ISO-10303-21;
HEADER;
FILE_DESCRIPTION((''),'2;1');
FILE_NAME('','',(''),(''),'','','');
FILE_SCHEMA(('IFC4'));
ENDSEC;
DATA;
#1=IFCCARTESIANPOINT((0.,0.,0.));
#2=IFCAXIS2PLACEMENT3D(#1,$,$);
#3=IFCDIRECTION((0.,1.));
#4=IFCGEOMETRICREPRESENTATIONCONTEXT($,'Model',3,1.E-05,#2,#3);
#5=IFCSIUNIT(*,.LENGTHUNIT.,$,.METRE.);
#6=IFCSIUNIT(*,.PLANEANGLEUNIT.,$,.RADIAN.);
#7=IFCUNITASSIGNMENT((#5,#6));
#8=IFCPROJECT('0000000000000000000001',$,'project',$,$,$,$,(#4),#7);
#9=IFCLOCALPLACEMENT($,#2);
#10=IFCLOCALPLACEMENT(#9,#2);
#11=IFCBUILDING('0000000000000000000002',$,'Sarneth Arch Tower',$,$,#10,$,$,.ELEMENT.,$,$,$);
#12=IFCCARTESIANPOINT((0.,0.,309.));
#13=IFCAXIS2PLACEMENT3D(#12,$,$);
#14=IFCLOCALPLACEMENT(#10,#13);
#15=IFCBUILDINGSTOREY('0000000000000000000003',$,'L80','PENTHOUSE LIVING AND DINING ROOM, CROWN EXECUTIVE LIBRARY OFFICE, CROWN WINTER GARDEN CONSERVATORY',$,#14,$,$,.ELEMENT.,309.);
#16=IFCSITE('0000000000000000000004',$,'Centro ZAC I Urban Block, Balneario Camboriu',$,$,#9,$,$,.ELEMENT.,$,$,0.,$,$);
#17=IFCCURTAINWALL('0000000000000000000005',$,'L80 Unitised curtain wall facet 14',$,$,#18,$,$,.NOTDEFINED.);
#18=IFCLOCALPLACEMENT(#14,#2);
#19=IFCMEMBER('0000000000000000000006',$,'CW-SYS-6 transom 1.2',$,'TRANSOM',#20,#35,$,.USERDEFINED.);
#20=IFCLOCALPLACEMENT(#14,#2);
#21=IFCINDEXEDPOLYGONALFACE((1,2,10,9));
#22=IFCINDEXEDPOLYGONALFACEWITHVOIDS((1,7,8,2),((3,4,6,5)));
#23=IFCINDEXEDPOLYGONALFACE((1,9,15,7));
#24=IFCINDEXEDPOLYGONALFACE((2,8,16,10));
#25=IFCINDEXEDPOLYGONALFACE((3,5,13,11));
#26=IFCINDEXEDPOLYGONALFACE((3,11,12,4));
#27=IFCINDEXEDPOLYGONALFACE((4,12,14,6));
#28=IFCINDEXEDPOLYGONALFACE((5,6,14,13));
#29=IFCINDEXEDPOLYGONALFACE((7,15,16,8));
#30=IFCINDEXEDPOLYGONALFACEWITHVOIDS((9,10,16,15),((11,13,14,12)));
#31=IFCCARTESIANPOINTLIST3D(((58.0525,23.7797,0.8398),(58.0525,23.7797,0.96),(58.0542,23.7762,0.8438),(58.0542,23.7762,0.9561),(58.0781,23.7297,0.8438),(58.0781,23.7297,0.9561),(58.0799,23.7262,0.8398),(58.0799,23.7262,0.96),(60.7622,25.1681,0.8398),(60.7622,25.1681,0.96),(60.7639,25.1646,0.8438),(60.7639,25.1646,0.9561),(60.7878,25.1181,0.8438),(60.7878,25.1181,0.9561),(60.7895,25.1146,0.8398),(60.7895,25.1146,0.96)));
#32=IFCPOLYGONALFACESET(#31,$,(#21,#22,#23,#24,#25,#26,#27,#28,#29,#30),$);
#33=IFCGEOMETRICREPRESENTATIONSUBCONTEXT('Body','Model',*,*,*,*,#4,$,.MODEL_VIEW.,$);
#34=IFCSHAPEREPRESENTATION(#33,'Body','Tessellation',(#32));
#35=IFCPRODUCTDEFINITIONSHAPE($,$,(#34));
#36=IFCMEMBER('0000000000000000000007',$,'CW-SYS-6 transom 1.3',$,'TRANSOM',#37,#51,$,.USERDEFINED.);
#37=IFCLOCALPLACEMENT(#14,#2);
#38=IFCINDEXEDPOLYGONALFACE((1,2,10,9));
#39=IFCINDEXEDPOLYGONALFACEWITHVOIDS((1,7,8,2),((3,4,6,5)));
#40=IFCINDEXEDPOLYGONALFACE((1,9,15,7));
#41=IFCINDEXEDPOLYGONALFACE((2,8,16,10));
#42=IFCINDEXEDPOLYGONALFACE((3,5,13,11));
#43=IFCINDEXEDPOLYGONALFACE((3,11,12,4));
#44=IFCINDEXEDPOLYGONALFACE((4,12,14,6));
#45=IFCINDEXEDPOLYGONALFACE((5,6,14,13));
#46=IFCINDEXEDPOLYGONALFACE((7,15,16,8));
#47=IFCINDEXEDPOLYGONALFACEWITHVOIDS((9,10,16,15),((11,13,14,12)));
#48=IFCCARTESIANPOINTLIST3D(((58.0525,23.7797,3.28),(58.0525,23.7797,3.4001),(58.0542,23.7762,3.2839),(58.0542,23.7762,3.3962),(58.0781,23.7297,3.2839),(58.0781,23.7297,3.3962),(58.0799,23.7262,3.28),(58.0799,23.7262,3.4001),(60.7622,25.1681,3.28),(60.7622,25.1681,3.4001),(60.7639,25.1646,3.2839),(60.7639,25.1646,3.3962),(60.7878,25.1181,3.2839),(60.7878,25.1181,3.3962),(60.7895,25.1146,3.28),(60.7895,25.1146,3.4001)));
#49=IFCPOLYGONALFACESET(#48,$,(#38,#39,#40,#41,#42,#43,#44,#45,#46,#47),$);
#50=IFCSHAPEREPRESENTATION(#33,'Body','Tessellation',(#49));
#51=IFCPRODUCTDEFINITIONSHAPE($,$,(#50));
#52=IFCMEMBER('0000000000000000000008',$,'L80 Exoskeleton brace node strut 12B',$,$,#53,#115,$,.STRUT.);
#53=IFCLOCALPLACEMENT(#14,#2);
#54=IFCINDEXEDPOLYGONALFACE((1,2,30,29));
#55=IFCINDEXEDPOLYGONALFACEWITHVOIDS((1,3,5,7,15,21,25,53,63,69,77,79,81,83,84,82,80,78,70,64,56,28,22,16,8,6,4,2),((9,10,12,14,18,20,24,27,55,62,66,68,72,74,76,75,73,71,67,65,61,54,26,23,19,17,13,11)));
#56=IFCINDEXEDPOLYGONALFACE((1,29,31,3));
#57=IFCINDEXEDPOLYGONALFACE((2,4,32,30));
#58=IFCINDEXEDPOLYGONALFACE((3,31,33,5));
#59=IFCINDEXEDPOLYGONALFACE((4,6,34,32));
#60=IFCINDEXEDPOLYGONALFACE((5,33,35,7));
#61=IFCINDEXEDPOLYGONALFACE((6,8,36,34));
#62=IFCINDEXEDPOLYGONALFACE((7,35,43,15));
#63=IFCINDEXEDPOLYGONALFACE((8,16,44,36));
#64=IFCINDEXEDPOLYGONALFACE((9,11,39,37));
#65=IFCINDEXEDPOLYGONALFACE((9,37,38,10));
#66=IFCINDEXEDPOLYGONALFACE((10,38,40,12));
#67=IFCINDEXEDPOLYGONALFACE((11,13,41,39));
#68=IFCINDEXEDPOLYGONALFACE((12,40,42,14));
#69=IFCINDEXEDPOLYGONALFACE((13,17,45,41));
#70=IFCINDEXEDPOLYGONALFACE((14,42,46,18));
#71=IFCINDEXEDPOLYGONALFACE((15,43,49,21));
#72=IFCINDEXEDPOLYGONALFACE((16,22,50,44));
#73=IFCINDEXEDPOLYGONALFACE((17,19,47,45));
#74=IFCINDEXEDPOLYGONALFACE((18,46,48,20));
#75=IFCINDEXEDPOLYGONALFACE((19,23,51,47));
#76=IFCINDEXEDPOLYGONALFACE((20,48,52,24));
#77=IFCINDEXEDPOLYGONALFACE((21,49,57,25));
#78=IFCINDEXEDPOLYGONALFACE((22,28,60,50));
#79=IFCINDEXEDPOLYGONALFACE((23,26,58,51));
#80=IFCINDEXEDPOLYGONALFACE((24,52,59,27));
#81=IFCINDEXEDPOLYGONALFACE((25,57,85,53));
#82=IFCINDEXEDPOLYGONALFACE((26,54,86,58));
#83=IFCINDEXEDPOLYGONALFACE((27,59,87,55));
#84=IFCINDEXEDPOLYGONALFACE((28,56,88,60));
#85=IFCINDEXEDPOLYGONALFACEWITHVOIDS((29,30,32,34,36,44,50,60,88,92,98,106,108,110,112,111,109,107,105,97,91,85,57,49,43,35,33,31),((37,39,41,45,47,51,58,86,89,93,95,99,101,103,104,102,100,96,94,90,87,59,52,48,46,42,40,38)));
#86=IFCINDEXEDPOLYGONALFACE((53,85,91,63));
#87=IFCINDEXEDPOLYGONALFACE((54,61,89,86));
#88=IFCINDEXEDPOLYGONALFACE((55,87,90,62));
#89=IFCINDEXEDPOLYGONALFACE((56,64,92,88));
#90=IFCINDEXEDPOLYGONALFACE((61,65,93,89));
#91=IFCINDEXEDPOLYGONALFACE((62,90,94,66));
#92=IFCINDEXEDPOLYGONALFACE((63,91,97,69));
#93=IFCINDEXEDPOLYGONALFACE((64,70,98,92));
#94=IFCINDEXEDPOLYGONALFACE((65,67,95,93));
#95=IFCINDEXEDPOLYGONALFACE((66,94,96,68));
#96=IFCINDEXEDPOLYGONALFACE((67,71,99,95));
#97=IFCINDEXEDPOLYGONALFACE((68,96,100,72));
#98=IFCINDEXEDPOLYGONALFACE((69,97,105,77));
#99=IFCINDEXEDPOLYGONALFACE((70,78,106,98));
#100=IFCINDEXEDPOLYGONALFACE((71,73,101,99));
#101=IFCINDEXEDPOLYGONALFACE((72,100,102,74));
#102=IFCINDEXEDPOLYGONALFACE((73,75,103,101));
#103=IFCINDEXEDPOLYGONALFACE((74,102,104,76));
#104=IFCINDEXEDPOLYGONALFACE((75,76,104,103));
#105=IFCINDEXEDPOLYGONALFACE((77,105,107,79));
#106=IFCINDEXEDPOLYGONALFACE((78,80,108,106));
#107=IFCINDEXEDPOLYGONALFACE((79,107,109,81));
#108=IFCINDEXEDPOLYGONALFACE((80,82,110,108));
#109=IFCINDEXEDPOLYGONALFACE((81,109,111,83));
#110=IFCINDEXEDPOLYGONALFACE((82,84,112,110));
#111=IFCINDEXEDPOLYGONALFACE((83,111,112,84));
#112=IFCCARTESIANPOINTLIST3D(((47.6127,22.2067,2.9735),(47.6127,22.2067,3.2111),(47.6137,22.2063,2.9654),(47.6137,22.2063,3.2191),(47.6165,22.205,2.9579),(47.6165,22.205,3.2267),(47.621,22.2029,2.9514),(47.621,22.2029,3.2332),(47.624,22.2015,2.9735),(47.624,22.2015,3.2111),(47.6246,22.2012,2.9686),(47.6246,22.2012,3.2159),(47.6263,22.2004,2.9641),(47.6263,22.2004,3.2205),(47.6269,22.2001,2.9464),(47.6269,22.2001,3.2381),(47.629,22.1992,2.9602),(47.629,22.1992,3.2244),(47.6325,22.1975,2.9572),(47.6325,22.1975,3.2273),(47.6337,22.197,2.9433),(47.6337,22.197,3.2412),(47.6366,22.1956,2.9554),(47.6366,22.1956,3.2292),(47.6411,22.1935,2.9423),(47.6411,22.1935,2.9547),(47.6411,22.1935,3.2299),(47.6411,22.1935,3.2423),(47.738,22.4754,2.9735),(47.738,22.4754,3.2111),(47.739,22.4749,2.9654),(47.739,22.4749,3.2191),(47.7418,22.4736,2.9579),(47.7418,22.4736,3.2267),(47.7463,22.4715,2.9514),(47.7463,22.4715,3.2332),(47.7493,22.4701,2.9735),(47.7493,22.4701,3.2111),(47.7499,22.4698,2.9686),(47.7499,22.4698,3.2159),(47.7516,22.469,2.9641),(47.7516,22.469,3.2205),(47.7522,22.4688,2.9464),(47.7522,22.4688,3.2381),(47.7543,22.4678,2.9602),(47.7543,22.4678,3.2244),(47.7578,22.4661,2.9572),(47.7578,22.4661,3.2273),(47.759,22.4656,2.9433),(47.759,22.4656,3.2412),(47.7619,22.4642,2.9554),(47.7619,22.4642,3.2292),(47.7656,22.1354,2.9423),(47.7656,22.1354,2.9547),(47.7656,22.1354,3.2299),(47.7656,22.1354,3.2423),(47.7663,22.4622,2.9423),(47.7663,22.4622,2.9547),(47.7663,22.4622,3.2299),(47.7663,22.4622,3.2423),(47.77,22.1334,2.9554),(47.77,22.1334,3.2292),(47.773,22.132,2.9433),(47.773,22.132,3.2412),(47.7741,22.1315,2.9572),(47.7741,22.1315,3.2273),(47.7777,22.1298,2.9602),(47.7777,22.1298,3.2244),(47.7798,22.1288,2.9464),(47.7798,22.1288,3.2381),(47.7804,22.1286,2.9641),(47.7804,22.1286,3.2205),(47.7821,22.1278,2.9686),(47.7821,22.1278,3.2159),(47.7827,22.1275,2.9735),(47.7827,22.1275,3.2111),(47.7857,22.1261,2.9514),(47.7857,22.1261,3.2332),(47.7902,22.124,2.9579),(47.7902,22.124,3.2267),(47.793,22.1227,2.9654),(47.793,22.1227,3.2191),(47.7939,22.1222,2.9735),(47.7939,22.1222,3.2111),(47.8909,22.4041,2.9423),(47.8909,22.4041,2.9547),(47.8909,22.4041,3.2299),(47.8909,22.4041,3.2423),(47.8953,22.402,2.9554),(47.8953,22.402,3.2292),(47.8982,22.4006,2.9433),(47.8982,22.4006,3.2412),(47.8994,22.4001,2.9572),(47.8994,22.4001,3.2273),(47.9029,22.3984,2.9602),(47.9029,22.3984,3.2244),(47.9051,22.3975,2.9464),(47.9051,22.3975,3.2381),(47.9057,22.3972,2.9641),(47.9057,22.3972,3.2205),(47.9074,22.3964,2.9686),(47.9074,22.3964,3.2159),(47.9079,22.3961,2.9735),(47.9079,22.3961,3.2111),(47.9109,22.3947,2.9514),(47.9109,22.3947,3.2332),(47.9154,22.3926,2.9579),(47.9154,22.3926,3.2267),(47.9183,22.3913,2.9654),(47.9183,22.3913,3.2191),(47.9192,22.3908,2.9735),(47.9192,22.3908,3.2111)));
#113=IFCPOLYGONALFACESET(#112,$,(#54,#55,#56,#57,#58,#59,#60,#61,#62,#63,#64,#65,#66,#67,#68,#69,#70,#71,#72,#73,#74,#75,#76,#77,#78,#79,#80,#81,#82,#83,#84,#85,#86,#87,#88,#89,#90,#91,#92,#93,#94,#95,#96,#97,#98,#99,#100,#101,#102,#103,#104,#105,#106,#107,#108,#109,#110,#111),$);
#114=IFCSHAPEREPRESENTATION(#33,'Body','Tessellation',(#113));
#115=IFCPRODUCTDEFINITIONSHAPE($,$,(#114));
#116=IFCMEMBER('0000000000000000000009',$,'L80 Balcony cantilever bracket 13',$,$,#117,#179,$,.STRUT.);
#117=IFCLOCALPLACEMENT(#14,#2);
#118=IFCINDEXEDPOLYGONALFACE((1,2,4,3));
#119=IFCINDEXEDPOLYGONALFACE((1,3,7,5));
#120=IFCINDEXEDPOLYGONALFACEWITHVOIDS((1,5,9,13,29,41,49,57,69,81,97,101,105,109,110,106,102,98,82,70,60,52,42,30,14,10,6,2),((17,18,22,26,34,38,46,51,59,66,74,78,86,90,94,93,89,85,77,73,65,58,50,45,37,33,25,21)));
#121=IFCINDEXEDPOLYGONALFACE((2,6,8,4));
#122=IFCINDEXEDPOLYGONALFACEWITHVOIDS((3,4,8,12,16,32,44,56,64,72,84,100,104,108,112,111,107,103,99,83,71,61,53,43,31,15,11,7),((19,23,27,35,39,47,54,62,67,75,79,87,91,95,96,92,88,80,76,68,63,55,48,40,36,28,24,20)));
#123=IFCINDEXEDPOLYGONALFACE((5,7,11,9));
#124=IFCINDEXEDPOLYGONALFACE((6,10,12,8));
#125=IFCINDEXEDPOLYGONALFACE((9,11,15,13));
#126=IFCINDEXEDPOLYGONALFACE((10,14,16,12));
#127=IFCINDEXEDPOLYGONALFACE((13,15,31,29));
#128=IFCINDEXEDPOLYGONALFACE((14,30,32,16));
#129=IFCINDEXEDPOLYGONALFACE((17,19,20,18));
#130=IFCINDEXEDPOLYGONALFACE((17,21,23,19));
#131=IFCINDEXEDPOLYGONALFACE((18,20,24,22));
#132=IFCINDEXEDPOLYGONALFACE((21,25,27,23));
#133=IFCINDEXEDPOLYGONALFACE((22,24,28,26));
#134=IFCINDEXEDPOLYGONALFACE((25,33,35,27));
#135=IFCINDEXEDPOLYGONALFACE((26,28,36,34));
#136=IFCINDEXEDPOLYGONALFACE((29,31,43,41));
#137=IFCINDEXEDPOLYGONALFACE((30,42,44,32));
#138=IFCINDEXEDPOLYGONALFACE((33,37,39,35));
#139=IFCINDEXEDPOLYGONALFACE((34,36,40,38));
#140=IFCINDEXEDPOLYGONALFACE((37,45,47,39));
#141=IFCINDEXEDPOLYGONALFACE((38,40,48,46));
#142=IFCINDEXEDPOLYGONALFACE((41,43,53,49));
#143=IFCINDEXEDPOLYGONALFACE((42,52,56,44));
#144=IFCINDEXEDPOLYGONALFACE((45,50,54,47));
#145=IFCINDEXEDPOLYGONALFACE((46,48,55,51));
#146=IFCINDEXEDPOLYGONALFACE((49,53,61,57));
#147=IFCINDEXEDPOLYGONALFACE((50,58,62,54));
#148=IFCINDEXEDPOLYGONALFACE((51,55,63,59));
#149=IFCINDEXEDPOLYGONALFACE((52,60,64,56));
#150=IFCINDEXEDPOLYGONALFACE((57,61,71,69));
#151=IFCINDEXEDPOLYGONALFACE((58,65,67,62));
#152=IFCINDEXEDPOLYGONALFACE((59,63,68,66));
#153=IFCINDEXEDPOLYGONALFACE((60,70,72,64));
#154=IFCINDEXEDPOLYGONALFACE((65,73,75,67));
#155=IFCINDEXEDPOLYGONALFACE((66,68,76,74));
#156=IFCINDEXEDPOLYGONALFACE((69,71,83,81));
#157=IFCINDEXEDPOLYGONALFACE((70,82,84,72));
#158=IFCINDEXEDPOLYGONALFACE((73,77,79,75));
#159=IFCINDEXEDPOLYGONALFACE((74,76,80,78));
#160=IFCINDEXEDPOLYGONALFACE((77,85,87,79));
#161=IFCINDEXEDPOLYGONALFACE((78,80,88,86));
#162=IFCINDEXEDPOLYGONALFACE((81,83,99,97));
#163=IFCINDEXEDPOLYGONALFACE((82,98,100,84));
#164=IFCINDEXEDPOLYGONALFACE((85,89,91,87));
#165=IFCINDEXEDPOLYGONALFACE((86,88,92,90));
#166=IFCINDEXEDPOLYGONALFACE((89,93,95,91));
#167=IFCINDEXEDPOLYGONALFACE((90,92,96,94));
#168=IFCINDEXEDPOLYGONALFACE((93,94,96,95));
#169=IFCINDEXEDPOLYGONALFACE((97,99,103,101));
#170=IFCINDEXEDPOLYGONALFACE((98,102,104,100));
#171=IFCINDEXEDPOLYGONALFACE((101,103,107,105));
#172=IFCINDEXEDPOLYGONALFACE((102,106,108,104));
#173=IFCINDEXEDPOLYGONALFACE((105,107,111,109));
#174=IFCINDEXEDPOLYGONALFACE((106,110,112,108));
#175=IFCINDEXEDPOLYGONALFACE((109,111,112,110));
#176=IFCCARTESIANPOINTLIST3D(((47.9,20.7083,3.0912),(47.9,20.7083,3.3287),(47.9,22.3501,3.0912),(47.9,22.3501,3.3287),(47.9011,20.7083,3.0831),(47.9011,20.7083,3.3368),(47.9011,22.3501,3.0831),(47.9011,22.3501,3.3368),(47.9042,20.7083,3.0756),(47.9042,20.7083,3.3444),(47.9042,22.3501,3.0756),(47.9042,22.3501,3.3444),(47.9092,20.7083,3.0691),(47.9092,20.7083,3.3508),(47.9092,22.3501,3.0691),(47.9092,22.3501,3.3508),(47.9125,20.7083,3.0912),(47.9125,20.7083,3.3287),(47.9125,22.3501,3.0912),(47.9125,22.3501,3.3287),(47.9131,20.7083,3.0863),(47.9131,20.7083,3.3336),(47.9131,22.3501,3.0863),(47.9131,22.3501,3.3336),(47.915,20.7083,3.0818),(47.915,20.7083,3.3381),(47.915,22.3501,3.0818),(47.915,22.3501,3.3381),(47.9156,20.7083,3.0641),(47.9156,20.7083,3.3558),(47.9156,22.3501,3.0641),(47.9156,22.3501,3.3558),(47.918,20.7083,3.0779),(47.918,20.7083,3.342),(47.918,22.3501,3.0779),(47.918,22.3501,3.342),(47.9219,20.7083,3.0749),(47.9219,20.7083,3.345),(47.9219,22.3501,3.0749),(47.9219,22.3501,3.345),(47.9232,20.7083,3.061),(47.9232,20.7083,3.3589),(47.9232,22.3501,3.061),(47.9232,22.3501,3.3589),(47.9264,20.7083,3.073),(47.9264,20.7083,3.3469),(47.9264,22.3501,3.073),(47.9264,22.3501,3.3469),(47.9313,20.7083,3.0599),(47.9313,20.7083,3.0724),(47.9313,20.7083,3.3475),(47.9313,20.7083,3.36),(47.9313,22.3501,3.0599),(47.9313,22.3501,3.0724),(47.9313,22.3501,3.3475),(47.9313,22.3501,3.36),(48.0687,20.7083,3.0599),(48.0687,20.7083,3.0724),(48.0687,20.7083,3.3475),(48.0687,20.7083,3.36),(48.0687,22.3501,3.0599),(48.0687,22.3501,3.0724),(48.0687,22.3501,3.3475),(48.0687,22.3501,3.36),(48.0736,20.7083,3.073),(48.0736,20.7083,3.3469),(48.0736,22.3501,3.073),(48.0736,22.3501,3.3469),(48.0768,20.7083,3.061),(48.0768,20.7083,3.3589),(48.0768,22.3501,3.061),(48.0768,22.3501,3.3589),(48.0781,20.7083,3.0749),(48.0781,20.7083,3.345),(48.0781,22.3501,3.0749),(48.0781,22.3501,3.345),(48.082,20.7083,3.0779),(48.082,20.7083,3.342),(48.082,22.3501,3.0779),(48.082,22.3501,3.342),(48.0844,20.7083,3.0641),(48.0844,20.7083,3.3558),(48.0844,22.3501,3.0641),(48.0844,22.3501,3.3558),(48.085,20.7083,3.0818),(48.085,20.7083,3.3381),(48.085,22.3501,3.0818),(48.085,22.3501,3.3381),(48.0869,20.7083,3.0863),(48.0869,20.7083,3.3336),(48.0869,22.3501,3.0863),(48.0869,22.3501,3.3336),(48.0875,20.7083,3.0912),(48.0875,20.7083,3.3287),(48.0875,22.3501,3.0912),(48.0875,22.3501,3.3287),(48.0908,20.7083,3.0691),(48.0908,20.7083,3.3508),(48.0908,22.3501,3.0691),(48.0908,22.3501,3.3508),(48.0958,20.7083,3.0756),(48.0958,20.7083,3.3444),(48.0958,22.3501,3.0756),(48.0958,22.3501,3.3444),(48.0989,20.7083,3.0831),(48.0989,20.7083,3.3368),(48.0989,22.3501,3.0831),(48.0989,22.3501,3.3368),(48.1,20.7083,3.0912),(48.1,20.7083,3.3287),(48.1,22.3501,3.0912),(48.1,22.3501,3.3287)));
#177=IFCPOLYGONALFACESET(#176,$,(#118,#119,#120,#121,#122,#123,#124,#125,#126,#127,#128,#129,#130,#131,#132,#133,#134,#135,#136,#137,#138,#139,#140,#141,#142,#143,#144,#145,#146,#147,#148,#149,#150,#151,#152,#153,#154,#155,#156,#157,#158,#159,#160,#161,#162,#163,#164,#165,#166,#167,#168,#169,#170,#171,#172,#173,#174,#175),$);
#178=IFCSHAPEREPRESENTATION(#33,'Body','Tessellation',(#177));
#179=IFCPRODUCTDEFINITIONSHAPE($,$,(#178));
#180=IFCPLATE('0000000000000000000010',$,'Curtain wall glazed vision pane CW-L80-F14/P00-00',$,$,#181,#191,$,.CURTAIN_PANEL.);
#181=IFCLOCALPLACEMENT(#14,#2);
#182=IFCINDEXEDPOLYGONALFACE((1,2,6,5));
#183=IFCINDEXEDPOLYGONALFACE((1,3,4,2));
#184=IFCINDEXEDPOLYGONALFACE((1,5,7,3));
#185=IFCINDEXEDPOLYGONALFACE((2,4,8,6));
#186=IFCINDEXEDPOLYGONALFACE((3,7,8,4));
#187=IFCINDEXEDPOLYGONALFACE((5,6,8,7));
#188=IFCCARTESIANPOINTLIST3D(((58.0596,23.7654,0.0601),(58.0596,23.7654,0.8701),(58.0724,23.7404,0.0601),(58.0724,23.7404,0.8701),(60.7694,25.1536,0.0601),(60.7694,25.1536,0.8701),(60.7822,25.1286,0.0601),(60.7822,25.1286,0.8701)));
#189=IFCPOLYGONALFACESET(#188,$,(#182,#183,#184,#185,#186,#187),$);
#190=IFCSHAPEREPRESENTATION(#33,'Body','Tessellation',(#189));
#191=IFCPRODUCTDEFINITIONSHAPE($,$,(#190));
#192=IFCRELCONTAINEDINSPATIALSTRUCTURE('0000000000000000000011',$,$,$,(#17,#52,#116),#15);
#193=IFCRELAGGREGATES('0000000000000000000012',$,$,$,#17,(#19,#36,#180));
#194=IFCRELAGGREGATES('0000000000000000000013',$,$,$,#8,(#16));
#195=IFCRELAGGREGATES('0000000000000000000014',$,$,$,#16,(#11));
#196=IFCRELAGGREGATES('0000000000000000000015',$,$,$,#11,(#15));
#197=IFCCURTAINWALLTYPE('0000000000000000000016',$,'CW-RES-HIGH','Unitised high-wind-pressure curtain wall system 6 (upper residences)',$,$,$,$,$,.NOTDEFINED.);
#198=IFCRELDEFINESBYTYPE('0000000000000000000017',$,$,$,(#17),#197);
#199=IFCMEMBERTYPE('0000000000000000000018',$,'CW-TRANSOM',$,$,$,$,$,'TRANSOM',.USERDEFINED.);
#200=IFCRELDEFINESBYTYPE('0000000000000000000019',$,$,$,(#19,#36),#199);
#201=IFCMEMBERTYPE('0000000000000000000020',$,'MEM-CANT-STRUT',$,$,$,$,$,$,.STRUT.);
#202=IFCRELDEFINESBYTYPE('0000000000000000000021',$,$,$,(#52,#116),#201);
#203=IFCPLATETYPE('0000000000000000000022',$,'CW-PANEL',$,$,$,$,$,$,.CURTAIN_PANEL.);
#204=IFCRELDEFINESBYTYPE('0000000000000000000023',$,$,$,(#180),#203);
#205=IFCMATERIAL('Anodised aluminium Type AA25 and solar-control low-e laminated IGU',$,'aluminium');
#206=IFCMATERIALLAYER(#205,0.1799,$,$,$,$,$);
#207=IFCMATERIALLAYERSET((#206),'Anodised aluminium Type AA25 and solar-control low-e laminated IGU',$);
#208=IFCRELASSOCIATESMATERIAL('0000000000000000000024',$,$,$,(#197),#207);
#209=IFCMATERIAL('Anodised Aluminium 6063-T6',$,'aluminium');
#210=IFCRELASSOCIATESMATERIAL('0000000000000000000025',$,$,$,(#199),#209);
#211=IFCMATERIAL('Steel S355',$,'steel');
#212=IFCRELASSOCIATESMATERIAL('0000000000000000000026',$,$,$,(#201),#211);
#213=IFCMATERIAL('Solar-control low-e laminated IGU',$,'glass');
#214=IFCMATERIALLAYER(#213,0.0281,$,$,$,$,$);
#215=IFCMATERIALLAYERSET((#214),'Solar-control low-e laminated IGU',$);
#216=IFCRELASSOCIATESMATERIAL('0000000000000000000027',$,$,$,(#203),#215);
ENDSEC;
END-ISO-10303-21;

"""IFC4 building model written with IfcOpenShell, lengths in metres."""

from ifc_helpers import new_model, si_unit, direction, frame, origin, origin_2d, place, context, subcontext, project, spatial, rectangle, hollow_rectangle, extrude, material, layer, layer_set, material_profile, profile_set, type_object, element, aggregate, save


model = new_model("IFC4")

# Units and contexts
model_context = context("Model", 3, precision=1e-05, world=origin(), true_north=direction((0.0, 1.0)))
body_context = subcontext(model_context, "Body", "Model", "MODEL_VIEW")
ifc_project = project(units=[si_unit("LENGTHUNIT", "METRE"), si_unit("PLANEANGLEUNIT", "RADIAN")], contexts=[model_context])

# Site, building, storey
site_placement = place(None, origin())
site = spatial("IfcSite", under=ifc_project, at=site_placement, Name="Centro ZAC I Urban Block, Balneario Camboriu", CompositionType="ELEMENT", RefElevation=0.0)
building_placement = place(site_placement, origin())
building = spatial("IfcBuilding", under=site, at=building_placement, Name="Sarneth Arch Tower", CompositionType="ELEMENT")
storey_placement = place(building_placement, frame((0.0, 0.0, 309.0)))
storey = spatial("IfcBuildingStorey", under=building, at=storey_placement, Name="L80", Description="PENTHOUSE LIVING AND DINING ROOM, CROWN EXECUTIVE LIBRARY OFFICE, CROWN WINTER GARDEN CONSERVATORY", CompositionType="ELEMENT", Elevation=309.0)

# Curtain wall, members
ifc_material_1 = material(Name="Anodised aluminium Type AA25 and solar-control low-e laminated IGU", Category="aluminium")
ifc_layer_1 = layer(ifc_material_1, 0.1799)
ifc_layer_set_1 = layer_set([ifc_layer_1], Name="Anodised aluminium Type AA25 and solar-control low-e laminated IGU")
curtain_wall_type = type_object("IfcCurtainWallType", Name="CW-RES-HIGH", Description="Unitised high-wind-pressure curtain wall system 6 (upper residences)", PredefinedType="NOTDEFINED", material=ifc_layer_set_1)
curtain_wall_placement = place(storey_placement, origin())
curtain_wall = element("IfcCurtainWall", 1, at=curtain_wall_placement, inside=storey, type_object=curtain_wall_type, Name="L80 Unitised curtain wall facet 14", PredefinedType="NOTDEFINED")
ifc_material_2 = material(Name="Anodised Aluminium 6063-T6", Category="aluminium")
ifc_material_profile_1 = material_profile(ifc_material_2, hollow_rectangle(XDim=0.0601, YDim=0.1201, WallThickness=0.0039, at=origin_2d()), Name="AL-TRAN-120x60x4")
ifc_profile_set_1 = profile_set([ifc_material_profile_1], Name="Anodised Aluminium 6063-T6")
member_type_1 = type_object("IfcMemberType", Name="CW-TRANSOM", ElementType="TRANSOM", PredefinedType="USERDEFINED", material=ifc_profile_set_1)
member_1_placement = place(storey_placement, frame((58.0662, 23.7529, 0.8999), z_axis=(0.889974, 0.456012, 0.0), x_axis=(-0.456012, 0.889974, 0.0)))
member_1 = element("IfcMember", 2, at=member_1_placement, type_object=member_type_1, Name="CW-SYS-6 transom 1.2", ObjectType="TRANSOM", PredefinedType="USERDEFINED", context=body_context, shape_type="SweptSolid", body=[
    extrude(hollow_rectangle(XDim=0.0601, YDim=0.1201, WallThickness=0.0039, at=origin_2d()), origin(), (0.0, 0.0, 1.0), 3.0447),
])
member_2_placement = place(storey_placement, frame((58.0662, 23.7529, 3.3401), z_axis=(0.889974, 0.456012, 0.0), x_axis=(-0.456012, 0.889974, 0.0)))
member_2 = element("IfcMember", 3, at=member_2_placement, type_object=member_type_1, Name="CW-SYS-6 transom 1.3", ObjectType="TRANSOM", PredefinedType="USERDEFINED", context=body_context, shape_type="SweptSolid", body=[
    extrude(hollow_rectangle(XDim=0.0601, YDim=0.1201, WallThickness=0.0039, at=origin_2d()), origin(), (0.0, 0.0, 1.0), 3.0447),
])

# Members
ifc_material_3 = material(Name="Steel S355", Category="steel")
ifc_material_profile_2 = material_profile(ifc_material_3, hollow_rectangle(XDim=0.2, YDim=0.3, WallThickness=0.0125, InnerFilletRadius=0.0188, OuterFilletRadius=0.0312, at=origin_2d()), Name="RHS300x200x12.5")
ifc_profile_set_2 = profile_set([ifc_material_profile_2], Name="Steel S355")
member_type_2 = type_object("IfcMemberType", Name="MEM-CANT-STRUT", PredefinedType="STRUT", material=ifc_profile_set_2)
member_3_placement = place(storey_placement, frame((47.8286, 22.4331, 3.0923), z_axis=(-0.42266, -0.906288, 0.0), x_axis=(0.906288, -0.42266, 0.0)))
element("IfcMember", 4, at=member_3_placement, inside=storey, type_object=member_type_2, Name="L80 Exoskeleton brace node strut 12B", PredefinedType="STRUT", context=body_context, shape_type="SweptSolid", body=[
    extrude(hollow_rectangle(XDim=0.2, YDim=0.3, WallThickness=0.0125, InnerFilletRadius=0.0188, OuterFilletRadius=0.0312, at=origin_2d()), origin(), (0.0, 0.0, 1.0), 0.2964),
])
member_4_placement = place(storey_placement, frame((48.0, 22.3501, 3.21), z_axis=(0.0, -1.0, 0.0), x_axis=(1.0, 0.0, 0.0)))
element("IfcMember", 5, at=member_4_placement, inside=storey, type_object=member_type_2, Name="L80 Balcony cantilever bracket 13", PredefinedType="STRUT", context=body_context, shape_type="SweptSolid", body=[
    extrude(hollow_rectangle(XDim=0.2, YDim=0.3, WallThickness=0.0125, InnerFilletRadius=0.0188, OuterFilletRadius=0.0312, at=origin_2d()), origin(), (0.0, 0.0, 1.0), 1.6418),
])

# Plate
ifc_material_4 = material(Name="Solar-control low-e laminated IGU", Category="glass")
ifc_layer_2 = layer(ifc_material_4, 0.0281)
ifc_layer_set_2 = layer_set([ifc_layer_2], Name="Solar-control low-e laminated IGU")
plate_type_1 = type_object("IfcPlateType", Name="CW-PANEL", PredefinedType="CURTAIN_PANEL", material=ifc_layer_set_2)
plate_1_placement = place(storey_placement, frame((59.4209, 24.447, 0.0601), z_axis=(0.0, 0.0, 1.0), x_axis=(0.89001, 0.455942, 0.0)))
plate_1 = element("IfcPlate", 6, at=plate_1_placement, type_object=plate_type_1, Name="Curtain wall glazed vision pane CW-L80-F14/P00-00", PredefinedType="CURTAIN_PANEL", context=body_context, shape_type="SweptSolid", body=[
    extrude(rectangle(XDim=3.0447, YDim=0.0281, at=origin_2d()), origin(), (0.0, 0.0, 1.0), 0.8101),
])
aggregate(curtain_wall, [member_1, member_2, plate_1])

save(model, "model.ifc")
